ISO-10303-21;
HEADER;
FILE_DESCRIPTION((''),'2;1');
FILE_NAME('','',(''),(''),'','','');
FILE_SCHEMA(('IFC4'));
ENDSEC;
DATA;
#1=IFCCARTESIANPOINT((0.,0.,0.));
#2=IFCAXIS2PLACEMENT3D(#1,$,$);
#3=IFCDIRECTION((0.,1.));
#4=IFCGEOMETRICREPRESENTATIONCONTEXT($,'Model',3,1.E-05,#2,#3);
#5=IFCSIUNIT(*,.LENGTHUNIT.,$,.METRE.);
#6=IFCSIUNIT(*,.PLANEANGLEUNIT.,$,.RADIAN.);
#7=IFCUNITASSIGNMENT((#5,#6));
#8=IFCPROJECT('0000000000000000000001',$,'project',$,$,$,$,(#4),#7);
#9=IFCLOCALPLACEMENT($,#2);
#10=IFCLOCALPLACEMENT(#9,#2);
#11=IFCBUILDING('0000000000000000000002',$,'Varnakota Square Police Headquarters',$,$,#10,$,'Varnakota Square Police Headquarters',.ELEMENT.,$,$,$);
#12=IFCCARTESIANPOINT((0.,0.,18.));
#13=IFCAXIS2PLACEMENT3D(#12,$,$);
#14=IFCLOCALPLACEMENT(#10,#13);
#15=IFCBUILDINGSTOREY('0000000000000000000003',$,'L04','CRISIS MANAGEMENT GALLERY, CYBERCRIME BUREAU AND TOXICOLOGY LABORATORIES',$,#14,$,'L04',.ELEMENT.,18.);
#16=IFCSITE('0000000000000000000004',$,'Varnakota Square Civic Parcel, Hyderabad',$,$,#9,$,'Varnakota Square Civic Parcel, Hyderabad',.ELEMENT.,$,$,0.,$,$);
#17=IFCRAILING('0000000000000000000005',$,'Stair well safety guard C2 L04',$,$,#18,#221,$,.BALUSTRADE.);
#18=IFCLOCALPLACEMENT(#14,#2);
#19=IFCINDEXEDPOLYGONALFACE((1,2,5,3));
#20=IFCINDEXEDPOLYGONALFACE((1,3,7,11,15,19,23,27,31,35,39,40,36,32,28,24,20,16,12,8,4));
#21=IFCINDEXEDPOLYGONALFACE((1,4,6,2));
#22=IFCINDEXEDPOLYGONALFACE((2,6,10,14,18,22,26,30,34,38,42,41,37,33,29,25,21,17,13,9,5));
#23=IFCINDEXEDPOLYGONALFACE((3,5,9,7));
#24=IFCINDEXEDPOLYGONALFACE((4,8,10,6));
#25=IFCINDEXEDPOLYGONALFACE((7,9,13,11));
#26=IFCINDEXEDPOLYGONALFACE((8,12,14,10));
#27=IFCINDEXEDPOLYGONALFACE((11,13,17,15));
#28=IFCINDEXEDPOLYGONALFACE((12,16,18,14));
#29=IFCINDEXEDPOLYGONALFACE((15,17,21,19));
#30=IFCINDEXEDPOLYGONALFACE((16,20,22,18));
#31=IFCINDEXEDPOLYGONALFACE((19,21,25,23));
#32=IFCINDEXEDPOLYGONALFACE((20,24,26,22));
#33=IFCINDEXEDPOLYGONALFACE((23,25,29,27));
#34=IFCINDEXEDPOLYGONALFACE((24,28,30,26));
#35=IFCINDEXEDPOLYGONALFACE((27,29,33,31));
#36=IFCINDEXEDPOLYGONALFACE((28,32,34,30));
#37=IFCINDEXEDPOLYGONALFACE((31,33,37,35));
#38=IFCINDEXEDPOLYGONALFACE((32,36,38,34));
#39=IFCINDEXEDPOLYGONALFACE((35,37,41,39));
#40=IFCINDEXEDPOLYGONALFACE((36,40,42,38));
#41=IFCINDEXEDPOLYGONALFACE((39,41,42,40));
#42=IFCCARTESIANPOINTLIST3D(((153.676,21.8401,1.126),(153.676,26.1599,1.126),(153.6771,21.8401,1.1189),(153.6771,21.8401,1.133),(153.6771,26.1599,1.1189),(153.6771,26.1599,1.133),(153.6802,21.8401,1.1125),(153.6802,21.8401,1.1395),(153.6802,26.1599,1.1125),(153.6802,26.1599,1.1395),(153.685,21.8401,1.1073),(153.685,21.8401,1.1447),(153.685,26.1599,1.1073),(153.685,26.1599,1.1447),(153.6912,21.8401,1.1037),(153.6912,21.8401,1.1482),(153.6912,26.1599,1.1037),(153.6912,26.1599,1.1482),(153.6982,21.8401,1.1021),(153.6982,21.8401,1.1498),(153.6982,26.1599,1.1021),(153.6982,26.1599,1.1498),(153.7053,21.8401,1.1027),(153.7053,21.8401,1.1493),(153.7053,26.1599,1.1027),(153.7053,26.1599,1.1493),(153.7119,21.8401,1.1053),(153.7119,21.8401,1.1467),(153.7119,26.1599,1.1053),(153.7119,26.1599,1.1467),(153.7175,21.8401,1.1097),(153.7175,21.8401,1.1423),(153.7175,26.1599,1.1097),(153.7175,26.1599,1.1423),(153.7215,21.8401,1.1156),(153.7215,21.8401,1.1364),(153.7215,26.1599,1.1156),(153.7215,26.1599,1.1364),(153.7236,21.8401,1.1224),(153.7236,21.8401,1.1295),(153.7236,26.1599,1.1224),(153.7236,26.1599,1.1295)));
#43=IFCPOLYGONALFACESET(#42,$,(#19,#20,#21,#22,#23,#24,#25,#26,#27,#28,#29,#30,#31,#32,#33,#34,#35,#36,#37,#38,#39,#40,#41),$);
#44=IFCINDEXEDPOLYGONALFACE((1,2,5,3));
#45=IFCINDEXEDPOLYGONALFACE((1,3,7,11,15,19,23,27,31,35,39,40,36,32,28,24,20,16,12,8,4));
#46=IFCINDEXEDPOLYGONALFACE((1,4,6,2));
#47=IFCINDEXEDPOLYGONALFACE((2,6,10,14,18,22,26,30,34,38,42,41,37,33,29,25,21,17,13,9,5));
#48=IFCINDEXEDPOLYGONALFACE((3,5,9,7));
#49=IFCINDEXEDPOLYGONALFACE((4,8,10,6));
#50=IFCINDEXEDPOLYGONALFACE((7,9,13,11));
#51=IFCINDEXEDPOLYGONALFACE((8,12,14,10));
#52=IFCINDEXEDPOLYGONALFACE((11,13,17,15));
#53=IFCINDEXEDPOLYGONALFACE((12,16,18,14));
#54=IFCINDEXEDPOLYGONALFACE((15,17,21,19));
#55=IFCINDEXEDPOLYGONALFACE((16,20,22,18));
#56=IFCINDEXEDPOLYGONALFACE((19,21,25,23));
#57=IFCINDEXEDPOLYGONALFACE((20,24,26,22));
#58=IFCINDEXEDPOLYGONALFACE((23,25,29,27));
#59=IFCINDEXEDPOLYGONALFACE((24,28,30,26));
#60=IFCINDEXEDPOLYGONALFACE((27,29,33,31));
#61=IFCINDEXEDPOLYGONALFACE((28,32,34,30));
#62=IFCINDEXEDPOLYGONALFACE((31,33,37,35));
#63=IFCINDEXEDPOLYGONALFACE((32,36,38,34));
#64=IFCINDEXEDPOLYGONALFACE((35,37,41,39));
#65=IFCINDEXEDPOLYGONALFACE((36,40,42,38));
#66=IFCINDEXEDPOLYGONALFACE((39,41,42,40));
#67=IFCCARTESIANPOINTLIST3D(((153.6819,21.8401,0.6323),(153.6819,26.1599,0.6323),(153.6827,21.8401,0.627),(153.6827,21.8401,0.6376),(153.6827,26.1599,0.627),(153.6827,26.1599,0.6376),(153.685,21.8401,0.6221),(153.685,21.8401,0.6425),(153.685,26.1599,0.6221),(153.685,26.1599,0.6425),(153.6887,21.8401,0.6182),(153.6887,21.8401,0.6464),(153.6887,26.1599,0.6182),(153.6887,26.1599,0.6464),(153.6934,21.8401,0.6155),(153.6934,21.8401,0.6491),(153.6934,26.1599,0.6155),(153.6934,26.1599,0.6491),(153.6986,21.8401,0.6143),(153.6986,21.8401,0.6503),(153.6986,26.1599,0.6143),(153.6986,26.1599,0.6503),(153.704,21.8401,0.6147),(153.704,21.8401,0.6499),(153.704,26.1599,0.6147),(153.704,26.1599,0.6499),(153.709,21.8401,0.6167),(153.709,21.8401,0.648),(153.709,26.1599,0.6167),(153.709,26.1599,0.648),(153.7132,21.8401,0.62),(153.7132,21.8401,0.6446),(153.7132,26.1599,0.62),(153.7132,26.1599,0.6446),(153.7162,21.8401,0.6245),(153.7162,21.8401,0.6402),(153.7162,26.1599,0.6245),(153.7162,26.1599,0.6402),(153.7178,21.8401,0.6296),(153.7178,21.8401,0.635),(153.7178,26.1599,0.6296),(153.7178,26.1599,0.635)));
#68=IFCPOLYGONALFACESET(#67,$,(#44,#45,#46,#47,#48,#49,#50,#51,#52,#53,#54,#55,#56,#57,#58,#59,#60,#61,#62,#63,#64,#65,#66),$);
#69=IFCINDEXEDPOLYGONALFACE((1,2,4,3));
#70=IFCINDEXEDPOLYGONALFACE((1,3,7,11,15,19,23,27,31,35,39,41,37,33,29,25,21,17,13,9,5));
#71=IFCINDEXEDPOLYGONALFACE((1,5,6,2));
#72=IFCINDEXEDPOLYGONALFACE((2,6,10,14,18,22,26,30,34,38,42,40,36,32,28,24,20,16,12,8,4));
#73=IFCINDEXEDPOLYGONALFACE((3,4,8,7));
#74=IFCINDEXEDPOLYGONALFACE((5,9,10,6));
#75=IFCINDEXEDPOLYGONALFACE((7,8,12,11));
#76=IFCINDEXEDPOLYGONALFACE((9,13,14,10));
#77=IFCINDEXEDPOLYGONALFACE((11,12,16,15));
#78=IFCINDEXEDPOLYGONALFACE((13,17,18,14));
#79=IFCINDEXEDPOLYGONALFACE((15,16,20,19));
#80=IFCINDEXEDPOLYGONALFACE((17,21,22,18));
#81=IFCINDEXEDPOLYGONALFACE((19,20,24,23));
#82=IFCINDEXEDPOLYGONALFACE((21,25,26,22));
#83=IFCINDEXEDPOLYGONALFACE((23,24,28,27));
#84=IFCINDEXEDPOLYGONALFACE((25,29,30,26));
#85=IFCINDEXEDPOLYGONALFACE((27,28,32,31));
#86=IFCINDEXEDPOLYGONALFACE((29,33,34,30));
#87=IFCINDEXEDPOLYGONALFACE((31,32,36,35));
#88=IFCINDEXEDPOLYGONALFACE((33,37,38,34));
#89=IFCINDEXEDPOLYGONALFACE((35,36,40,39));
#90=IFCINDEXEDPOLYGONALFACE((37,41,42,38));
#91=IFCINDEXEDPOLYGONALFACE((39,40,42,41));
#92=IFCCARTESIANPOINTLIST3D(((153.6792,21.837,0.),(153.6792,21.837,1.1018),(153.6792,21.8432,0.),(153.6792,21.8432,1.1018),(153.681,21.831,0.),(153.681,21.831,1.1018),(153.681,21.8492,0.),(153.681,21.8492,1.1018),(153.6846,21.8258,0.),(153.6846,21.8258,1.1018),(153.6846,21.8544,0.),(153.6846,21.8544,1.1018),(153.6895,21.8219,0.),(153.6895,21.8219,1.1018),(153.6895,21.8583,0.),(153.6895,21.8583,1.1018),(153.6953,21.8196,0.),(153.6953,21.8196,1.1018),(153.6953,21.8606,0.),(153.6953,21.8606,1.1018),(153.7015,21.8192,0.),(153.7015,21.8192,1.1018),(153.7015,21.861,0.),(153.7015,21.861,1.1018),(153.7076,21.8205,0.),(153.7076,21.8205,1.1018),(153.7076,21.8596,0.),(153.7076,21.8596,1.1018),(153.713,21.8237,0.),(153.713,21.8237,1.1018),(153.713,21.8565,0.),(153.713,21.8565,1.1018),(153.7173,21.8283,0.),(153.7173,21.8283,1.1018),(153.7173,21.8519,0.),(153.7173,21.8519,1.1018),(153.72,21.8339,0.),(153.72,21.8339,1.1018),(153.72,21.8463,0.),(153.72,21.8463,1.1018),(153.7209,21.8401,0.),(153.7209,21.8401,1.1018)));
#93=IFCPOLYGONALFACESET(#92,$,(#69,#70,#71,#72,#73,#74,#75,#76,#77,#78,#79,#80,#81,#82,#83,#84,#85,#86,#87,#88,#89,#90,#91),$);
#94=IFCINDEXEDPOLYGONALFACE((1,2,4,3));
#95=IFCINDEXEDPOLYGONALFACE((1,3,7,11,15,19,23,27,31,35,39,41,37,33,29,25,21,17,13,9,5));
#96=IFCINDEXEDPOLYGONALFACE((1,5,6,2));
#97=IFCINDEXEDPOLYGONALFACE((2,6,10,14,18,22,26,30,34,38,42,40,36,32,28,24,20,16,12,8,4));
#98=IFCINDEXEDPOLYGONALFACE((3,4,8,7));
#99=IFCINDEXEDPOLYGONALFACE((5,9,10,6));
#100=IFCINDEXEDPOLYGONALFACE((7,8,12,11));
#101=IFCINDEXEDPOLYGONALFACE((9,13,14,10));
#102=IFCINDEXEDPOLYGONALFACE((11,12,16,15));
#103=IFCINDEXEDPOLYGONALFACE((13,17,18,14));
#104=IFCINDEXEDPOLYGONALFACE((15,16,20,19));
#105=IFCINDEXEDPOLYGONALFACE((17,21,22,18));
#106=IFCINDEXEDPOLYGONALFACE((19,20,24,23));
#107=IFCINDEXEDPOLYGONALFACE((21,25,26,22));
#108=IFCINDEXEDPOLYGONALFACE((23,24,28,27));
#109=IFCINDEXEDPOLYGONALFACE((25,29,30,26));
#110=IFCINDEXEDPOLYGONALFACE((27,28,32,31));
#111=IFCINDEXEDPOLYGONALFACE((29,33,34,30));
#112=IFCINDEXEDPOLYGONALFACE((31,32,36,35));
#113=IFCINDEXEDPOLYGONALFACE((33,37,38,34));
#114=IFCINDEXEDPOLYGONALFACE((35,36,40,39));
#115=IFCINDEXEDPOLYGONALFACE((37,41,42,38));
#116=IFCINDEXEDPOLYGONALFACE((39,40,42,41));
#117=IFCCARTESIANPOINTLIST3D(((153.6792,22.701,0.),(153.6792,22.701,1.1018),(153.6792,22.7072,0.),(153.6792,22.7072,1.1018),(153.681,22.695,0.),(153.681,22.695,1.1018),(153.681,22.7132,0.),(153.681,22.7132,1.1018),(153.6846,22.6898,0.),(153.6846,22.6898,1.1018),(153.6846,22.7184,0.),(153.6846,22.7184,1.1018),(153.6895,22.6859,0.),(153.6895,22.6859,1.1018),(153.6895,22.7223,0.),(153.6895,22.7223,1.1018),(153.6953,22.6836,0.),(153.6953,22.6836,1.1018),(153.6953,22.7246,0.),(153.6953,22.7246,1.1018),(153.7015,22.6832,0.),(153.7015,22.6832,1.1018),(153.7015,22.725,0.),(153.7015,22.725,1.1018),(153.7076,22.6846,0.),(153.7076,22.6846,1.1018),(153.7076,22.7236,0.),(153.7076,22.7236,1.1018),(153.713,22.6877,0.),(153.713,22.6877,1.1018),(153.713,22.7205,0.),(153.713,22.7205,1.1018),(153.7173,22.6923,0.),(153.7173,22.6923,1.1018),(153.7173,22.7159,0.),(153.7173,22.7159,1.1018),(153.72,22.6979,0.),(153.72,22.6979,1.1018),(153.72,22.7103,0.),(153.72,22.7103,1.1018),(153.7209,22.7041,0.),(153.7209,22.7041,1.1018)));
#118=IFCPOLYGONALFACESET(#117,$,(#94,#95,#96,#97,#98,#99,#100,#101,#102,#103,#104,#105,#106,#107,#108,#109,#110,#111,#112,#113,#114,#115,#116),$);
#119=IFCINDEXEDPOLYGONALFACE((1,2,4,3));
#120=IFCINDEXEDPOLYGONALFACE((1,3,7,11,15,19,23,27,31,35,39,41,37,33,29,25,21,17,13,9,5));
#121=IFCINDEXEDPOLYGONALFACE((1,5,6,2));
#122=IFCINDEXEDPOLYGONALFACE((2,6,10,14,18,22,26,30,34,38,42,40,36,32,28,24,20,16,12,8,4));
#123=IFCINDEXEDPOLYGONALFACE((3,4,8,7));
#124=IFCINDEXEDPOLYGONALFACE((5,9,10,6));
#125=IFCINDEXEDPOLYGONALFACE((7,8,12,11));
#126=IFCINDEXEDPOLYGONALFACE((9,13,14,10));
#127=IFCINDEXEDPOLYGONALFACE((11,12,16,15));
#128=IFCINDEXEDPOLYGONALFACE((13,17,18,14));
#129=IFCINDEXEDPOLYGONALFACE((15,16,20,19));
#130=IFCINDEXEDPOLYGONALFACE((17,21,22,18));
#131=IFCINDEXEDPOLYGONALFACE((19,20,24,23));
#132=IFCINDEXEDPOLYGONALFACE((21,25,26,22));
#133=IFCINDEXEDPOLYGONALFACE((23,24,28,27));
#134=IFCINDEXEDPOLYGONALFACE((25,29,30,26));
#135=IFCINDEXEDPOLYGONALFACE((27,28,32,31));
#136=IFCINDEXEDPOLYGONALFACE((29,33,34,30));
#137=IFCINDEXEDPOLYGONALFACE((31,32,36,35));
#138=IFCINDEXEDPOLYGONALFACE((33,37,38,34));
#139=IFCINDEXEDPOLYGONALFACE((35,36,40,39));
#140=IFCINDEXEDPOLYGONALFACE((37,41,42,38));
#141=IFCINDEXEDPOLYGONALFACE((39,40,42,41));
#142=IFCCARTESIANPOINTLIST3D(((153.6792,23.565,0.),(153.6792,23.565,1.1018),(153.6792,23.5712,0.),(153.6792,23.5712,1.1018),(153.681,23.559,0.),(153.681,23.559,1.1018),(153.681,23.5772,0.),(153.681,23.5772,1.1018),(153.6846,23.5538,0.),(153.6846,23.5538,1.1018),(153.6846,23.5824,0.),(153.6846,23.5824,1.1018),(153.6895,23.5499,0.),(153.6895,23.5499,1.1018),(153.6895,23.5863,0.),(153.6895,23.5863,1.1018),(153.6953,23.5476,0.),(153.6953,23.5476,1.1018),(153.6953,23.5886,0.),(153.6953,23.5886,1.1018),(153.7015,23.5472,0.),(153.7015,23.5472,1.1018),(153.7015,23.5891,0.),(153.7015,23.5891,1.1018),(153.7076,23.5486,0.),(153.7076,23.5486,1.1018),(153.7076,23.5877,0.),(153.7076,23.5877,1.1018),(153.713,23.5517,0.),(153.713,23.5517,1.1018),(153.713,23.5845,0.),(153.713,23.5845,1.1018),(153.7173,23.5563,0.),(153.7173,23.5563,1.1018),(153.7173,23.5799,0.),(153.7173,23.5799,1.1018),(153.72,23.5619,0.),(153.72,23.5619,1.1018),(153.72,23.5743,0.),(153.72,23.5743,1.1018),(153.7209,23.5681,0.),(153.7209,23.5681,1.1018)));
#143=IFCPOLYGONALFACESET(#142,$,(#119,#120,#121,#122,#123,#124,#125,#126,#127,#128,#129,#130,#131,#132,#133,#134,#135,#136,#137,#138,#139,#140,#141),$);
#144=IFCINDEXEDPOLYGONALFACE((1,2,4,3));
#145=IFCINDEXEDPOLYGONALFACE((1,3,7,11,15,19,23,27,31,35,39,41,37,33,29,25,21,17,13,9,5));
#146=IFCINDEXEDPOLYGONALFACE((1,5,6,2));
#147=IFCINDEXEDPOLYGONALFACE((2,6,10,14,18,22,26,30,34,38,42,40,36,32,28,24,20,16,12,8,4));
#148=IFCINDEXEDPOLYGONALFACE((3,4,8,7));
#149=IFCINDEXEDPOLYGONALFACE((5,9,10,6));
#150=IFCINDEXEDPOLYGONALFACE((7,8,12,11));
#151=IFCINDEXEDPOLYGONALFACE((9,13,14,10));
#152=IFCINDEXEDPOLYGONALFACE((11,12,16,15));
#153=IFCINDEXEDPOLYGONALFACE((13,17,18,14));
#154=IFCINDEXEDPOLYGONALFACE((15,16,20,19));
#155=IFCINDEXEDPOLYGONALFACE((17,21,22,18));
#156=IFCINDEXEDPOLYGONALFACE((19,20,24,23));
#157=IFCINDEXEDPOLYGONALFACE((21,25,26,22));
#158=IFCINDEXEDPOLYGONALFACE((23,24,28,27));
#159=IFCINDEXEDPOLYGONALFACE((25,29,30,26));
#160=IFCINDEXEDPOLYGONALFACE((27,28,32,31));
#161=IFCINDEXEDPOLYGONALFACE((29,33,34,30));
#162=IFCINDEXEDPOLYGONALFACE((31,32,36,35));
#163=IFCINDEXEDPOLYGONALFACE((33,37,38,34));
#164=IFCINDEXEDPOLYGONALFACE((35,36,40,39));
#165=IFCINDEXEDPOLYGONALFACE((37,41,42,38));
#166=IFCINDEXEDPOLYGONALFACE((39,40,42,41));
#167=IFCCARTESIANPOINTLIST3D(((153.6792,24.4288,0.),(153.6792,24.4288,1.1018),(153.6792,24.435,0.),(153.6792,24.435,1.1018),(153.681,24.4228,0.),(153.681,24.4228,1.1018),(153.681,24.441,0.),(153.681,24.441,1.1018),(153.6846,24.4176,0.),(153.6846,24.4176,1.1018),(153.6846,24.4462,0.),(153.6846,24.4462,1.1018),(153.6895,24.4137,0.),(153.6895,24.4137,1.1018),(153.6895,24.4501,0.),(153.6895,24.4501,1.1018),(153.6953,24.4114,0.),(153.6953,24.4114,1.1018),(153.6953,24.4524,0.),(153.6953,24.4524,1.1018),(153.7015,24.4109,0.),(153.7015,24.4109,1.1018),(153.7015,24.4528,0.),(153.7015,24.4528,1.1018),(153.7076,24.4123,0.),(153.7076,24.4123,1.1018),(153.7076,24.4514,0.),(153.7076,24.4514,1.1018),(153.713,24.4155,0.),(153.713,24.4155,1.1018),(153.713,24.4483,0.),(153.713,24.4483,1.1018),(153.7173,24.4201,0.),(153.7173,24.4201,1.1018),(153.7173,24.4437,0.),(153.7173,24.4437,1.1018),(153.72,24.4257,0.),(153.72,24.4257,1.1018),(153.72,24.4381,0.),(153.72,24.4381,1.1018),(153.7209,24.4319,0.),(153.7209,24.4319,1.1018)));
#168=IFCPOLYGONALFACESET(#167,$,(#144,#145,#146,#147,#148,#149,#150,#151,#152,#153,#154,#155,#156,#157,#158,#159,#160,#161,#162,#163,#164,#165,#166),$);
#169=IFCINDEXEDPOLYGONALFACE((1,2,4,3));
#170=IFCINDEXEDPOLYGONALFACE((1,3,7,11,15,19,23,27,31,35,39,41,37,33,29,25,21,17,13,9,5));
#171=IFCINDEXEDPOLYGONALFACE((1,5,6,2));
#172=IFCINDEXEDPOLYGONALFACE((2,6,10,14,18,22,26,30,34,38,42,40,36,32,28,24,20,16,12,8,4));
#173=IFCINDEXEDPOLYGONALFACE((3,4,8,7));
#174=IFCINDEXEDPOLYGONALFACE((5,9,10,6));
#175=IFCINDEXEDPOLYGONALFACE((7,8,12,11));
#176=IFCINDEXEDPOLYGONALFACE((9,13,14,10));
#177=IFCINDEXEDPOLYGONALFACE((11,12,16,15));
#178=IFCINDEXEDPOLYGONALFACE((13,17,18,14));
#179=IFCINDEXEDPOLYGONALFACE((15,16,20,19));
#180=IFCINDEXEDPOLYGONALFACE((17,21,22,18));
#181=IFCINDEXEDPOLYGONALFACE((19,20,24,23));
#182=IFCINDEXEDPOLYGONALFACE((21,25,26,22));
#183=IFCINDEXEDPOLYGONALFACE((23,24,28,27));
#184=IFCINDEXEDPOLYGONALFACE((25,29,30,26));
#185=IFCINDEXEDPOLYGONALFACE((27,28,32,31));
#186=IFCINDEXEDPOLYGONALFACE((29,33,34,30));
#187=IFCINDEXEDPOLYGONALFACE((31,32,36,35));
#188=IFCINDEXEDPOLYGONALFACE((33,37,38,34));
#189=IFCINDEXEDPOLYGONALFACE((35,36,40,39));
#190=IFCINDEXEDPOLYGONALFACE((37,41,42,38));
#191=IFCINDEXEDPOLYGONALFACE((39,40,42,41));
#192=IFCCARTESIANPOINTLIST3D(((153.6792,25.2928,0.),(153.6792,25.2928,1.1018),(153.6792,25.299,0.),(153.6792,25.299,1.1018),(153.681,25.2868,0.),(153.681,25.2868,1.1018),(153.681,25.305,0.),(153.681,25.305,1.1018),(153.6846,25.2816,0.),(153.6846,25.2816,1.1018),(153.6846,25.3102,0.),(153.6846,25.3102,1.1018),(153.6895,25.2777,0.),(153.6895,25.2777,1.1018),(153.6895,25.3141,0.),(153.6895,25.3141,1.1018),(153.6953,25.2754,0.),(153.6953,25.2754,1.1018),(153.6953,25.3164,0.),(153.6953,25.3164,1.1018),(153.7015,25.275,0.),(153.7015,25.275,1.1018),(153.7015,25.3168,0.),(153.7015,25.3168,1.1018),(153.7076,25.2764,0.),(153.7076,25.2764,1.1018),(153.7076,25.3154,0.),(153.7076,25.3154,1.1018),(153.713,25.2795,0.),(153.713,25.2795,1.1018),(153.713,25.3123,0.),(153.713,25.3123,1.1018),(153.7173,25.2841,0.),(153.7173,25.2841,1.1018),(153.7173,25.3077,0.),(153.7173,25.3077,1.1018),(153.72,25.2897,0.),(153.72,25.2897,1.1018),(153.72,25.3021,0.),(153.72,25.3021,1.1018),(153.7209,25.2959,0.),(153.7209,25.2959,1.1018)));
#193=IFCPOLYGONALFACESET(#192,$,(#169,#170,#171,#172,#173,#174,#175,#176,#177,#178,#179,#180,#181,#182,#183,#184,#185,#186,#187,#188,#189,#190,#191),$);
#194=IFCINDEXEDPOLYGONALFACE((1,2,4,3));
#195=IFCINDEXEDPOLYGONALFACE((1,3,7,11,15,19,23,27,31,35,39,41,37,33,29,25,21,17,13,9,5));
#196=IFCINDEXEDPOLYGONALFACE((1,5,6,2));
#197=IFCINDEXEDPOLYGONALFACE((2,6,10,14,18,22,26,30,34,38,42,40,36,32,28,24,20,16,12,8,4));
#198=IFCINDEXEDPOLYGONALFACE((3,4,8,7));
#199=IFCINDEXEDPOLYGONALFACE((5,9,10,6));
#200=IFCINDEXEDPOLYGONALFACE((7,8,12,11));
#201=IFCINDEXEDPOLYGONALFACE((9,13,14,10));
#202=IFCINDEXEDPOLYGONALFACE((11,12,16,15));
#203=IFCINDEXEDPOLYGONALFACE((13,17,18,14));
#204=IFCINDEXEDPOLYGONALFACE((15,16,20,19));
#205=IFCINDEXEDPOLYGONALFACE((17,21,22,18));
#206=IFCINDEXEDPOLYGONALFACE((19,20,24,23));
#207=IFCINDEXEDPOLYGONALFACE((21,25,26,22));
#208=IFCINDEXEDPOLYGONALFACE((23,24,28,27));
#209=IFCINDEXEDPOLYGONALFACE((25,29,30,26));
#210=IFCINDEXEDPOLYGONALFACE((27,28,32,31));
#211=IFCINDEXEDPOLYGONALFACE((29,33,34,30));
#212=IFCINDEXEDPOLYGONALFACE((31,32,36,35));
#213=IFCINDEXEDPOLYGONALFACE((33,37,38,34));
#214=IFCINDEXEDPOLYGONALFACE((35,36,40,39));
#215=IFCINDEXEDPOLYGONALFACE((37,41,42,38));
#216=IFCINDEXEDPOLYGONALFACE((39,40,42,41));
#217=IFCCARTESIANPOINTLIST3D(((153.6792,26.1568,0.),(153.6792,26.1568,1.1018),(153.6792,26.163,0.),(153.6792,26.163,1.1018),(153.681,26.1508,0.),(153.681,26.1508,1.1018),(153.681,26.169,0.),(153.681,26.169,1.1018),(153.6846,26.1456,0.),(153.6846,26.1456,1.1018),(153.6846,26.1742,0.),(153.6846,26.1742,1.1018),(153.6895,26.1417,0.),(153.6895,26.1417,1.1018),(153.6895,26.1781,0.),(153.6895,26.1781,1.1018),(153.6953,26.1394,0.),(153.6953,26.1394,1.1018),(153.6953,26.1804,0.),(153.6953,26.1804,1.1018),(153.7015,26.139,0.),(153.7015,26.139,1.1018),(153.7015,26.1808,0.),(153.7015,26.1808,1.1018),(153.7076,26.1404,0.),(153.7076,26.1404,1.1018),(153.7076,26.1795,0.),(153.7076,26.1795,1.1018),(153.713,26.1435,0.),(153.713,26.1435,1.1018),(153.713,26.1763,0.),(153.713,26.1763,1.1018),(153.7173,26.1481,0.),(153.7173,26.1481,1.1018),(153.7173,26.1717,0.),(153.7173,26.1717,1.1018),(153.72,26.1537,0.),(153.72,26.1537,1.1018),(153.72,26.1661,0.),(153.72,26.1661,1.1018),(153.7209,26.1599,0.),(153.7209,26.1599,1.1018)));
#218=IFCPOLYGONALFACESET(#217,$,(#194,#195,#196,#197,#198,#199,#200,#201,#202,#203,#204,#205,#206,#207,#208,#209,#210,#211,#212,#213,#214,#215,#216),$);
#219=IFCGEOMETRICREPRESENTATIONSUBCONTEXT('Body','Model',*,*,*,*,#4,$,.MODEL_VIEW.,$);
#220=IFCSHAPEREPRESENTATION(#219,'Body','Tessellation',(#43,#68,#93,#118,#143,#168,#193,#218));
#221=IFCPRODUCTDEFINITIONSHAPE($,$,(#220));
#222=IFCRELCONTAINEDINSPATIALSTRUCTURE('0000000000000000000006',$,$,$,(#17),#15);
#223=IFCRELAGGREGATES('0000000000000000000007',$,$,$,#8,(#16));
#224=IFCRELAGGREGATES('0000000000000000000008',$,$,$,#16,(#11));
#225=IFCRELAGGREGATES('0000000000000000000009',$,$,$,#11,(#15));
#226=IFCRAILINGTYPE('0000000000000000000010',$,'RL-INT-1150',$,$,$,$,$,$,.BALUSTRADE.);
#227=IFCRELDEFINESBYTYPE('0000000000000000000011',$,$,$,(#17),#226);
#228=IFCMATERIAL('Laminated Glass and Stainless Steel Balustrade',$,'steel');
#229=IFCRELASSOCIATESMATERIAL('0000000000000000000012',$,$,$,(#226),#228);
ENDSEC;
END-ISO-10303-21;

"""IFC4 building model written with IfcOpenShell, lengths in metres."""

from ifc_helpers import new_model, si_unit, direction, frame, origin, origin_2d, place, context, subcontext, project, spatial, circle, extrude, material, type_object, element, save


model = new_model("IFC4")

# Units and contexts
model_context = context("Model", 3, precision=1e-05, world=origin(), true_north=direction((0.0, 1.0)))
body_context = subcontext(model_context, "Body", "Model", "MODEL_VIEW")
ifc_project = project(units=[si_unit("LENGTHUNIT", "METRE"), si_unit("PLANEANGLEUNIT", "RADIAN")], contexts=[model_context])

# Site, building, storey
site_placement = place(None, origin())
site = spatial("IfcSite", under=ifc_project, at=site_placement, Name="Varnakota Square Civic Parcel, Hyderabad", LongName="Varnakota Square Civic Parcel, Hyderabad", CompositionType="ELEMENT", RefElevation=0.0)
building_placement = place(site_placement, origin())
building = spatial("IfcBuilding", under=site, at=building_placement, Name="Varnakota Square Police Headquarters", LongName="Varnakota Square Police Headquarters", CompositionType="ELEMENT")
storey_placement = place(building_placement, frame((0.0, 0.0, 18.0)))
storey = spatial("IfcBuildingStorey", under=building, at=storey_placement, Name="L04", Description="CRISIS MANAGEMENT GALLERY, CYBERCRIME BUREAU AND TOXICOLOGY LABORATORIES", LongName="L04", CompositionType="ELEMENT", Elevation=18.0)

# Railing
ifc_material_1 = material(Name="Laminated Glass and Stainless Steel Balustrade", Category="steel")
railing_type_1 = type_object("IfcRailingType", Name="RL-INT-1150", PredefinedType="BALUSTRADE", material=ifc_material_1)
railing_1_placement = place(storey_placement, frame((153.7, 21.8401, 0.0)))
element("IfcRailing", 1, at=railing_1_placement, inside=storey, type_object=railing_type_1, Name="Stair well safety guard C2 L04", PredefinedType="BALUSTRADE", context=body_context, shape_type="SweptSolid", body=[
    extrude(circle(Radius=0.0239, at=origin_2d()), frame((0.0, 0.0, 1.126), z_axis=(0.0, 1.0, 0.0), x_axis=(-1.0, 0.0, 0.0)), (0.0, 0.0, 1.0), 4.3198),
    extrude(circle(Radius=0.0181, at=origin_2d()), frame((0.0, 0.0, 0.6323), z_axis=(0.0, 1.0, 0.0), x_axis=(-1.0, 0.0, 0.0)), (0.0, 0.0, 1.0), 4.3198),
    extrude(circle(Radius=0.021, at=origin_2d()), origin(), (0.0, 0.0, 1.0), 1.1018),
    extrude(circle(Radius=0.021, at=origin_2d()), frame((0.0, 0.864, 0.0)), (0.0, 0.0, 1.0), 1.1018),
    extrude(circle(Radius=0.021, at=origin_2d()), frame((0.0, 1.728, 0.0)), (0.0, 0.0, 1.0), 1.1018),
    extrude(circle(Radius=0.021, at=origin_2d()), frame((0.0, 2.5918, 0.0)), (0.0, 0.0, 1.0), 1.1018),
    extrude(circle(Radius=0.021, at=origin_2d()), frame((0.0, 3.4558, 0.0)), (0.0, 0.0, 1.0), 1.1018),
    extrude(circle(Radius=0.021, at=origin_2d()), frame((0.0, 4.3198, 0.0)), (0.0, 0.0, 1.0), 1.1018),
])

save(model, "model.ifc")
